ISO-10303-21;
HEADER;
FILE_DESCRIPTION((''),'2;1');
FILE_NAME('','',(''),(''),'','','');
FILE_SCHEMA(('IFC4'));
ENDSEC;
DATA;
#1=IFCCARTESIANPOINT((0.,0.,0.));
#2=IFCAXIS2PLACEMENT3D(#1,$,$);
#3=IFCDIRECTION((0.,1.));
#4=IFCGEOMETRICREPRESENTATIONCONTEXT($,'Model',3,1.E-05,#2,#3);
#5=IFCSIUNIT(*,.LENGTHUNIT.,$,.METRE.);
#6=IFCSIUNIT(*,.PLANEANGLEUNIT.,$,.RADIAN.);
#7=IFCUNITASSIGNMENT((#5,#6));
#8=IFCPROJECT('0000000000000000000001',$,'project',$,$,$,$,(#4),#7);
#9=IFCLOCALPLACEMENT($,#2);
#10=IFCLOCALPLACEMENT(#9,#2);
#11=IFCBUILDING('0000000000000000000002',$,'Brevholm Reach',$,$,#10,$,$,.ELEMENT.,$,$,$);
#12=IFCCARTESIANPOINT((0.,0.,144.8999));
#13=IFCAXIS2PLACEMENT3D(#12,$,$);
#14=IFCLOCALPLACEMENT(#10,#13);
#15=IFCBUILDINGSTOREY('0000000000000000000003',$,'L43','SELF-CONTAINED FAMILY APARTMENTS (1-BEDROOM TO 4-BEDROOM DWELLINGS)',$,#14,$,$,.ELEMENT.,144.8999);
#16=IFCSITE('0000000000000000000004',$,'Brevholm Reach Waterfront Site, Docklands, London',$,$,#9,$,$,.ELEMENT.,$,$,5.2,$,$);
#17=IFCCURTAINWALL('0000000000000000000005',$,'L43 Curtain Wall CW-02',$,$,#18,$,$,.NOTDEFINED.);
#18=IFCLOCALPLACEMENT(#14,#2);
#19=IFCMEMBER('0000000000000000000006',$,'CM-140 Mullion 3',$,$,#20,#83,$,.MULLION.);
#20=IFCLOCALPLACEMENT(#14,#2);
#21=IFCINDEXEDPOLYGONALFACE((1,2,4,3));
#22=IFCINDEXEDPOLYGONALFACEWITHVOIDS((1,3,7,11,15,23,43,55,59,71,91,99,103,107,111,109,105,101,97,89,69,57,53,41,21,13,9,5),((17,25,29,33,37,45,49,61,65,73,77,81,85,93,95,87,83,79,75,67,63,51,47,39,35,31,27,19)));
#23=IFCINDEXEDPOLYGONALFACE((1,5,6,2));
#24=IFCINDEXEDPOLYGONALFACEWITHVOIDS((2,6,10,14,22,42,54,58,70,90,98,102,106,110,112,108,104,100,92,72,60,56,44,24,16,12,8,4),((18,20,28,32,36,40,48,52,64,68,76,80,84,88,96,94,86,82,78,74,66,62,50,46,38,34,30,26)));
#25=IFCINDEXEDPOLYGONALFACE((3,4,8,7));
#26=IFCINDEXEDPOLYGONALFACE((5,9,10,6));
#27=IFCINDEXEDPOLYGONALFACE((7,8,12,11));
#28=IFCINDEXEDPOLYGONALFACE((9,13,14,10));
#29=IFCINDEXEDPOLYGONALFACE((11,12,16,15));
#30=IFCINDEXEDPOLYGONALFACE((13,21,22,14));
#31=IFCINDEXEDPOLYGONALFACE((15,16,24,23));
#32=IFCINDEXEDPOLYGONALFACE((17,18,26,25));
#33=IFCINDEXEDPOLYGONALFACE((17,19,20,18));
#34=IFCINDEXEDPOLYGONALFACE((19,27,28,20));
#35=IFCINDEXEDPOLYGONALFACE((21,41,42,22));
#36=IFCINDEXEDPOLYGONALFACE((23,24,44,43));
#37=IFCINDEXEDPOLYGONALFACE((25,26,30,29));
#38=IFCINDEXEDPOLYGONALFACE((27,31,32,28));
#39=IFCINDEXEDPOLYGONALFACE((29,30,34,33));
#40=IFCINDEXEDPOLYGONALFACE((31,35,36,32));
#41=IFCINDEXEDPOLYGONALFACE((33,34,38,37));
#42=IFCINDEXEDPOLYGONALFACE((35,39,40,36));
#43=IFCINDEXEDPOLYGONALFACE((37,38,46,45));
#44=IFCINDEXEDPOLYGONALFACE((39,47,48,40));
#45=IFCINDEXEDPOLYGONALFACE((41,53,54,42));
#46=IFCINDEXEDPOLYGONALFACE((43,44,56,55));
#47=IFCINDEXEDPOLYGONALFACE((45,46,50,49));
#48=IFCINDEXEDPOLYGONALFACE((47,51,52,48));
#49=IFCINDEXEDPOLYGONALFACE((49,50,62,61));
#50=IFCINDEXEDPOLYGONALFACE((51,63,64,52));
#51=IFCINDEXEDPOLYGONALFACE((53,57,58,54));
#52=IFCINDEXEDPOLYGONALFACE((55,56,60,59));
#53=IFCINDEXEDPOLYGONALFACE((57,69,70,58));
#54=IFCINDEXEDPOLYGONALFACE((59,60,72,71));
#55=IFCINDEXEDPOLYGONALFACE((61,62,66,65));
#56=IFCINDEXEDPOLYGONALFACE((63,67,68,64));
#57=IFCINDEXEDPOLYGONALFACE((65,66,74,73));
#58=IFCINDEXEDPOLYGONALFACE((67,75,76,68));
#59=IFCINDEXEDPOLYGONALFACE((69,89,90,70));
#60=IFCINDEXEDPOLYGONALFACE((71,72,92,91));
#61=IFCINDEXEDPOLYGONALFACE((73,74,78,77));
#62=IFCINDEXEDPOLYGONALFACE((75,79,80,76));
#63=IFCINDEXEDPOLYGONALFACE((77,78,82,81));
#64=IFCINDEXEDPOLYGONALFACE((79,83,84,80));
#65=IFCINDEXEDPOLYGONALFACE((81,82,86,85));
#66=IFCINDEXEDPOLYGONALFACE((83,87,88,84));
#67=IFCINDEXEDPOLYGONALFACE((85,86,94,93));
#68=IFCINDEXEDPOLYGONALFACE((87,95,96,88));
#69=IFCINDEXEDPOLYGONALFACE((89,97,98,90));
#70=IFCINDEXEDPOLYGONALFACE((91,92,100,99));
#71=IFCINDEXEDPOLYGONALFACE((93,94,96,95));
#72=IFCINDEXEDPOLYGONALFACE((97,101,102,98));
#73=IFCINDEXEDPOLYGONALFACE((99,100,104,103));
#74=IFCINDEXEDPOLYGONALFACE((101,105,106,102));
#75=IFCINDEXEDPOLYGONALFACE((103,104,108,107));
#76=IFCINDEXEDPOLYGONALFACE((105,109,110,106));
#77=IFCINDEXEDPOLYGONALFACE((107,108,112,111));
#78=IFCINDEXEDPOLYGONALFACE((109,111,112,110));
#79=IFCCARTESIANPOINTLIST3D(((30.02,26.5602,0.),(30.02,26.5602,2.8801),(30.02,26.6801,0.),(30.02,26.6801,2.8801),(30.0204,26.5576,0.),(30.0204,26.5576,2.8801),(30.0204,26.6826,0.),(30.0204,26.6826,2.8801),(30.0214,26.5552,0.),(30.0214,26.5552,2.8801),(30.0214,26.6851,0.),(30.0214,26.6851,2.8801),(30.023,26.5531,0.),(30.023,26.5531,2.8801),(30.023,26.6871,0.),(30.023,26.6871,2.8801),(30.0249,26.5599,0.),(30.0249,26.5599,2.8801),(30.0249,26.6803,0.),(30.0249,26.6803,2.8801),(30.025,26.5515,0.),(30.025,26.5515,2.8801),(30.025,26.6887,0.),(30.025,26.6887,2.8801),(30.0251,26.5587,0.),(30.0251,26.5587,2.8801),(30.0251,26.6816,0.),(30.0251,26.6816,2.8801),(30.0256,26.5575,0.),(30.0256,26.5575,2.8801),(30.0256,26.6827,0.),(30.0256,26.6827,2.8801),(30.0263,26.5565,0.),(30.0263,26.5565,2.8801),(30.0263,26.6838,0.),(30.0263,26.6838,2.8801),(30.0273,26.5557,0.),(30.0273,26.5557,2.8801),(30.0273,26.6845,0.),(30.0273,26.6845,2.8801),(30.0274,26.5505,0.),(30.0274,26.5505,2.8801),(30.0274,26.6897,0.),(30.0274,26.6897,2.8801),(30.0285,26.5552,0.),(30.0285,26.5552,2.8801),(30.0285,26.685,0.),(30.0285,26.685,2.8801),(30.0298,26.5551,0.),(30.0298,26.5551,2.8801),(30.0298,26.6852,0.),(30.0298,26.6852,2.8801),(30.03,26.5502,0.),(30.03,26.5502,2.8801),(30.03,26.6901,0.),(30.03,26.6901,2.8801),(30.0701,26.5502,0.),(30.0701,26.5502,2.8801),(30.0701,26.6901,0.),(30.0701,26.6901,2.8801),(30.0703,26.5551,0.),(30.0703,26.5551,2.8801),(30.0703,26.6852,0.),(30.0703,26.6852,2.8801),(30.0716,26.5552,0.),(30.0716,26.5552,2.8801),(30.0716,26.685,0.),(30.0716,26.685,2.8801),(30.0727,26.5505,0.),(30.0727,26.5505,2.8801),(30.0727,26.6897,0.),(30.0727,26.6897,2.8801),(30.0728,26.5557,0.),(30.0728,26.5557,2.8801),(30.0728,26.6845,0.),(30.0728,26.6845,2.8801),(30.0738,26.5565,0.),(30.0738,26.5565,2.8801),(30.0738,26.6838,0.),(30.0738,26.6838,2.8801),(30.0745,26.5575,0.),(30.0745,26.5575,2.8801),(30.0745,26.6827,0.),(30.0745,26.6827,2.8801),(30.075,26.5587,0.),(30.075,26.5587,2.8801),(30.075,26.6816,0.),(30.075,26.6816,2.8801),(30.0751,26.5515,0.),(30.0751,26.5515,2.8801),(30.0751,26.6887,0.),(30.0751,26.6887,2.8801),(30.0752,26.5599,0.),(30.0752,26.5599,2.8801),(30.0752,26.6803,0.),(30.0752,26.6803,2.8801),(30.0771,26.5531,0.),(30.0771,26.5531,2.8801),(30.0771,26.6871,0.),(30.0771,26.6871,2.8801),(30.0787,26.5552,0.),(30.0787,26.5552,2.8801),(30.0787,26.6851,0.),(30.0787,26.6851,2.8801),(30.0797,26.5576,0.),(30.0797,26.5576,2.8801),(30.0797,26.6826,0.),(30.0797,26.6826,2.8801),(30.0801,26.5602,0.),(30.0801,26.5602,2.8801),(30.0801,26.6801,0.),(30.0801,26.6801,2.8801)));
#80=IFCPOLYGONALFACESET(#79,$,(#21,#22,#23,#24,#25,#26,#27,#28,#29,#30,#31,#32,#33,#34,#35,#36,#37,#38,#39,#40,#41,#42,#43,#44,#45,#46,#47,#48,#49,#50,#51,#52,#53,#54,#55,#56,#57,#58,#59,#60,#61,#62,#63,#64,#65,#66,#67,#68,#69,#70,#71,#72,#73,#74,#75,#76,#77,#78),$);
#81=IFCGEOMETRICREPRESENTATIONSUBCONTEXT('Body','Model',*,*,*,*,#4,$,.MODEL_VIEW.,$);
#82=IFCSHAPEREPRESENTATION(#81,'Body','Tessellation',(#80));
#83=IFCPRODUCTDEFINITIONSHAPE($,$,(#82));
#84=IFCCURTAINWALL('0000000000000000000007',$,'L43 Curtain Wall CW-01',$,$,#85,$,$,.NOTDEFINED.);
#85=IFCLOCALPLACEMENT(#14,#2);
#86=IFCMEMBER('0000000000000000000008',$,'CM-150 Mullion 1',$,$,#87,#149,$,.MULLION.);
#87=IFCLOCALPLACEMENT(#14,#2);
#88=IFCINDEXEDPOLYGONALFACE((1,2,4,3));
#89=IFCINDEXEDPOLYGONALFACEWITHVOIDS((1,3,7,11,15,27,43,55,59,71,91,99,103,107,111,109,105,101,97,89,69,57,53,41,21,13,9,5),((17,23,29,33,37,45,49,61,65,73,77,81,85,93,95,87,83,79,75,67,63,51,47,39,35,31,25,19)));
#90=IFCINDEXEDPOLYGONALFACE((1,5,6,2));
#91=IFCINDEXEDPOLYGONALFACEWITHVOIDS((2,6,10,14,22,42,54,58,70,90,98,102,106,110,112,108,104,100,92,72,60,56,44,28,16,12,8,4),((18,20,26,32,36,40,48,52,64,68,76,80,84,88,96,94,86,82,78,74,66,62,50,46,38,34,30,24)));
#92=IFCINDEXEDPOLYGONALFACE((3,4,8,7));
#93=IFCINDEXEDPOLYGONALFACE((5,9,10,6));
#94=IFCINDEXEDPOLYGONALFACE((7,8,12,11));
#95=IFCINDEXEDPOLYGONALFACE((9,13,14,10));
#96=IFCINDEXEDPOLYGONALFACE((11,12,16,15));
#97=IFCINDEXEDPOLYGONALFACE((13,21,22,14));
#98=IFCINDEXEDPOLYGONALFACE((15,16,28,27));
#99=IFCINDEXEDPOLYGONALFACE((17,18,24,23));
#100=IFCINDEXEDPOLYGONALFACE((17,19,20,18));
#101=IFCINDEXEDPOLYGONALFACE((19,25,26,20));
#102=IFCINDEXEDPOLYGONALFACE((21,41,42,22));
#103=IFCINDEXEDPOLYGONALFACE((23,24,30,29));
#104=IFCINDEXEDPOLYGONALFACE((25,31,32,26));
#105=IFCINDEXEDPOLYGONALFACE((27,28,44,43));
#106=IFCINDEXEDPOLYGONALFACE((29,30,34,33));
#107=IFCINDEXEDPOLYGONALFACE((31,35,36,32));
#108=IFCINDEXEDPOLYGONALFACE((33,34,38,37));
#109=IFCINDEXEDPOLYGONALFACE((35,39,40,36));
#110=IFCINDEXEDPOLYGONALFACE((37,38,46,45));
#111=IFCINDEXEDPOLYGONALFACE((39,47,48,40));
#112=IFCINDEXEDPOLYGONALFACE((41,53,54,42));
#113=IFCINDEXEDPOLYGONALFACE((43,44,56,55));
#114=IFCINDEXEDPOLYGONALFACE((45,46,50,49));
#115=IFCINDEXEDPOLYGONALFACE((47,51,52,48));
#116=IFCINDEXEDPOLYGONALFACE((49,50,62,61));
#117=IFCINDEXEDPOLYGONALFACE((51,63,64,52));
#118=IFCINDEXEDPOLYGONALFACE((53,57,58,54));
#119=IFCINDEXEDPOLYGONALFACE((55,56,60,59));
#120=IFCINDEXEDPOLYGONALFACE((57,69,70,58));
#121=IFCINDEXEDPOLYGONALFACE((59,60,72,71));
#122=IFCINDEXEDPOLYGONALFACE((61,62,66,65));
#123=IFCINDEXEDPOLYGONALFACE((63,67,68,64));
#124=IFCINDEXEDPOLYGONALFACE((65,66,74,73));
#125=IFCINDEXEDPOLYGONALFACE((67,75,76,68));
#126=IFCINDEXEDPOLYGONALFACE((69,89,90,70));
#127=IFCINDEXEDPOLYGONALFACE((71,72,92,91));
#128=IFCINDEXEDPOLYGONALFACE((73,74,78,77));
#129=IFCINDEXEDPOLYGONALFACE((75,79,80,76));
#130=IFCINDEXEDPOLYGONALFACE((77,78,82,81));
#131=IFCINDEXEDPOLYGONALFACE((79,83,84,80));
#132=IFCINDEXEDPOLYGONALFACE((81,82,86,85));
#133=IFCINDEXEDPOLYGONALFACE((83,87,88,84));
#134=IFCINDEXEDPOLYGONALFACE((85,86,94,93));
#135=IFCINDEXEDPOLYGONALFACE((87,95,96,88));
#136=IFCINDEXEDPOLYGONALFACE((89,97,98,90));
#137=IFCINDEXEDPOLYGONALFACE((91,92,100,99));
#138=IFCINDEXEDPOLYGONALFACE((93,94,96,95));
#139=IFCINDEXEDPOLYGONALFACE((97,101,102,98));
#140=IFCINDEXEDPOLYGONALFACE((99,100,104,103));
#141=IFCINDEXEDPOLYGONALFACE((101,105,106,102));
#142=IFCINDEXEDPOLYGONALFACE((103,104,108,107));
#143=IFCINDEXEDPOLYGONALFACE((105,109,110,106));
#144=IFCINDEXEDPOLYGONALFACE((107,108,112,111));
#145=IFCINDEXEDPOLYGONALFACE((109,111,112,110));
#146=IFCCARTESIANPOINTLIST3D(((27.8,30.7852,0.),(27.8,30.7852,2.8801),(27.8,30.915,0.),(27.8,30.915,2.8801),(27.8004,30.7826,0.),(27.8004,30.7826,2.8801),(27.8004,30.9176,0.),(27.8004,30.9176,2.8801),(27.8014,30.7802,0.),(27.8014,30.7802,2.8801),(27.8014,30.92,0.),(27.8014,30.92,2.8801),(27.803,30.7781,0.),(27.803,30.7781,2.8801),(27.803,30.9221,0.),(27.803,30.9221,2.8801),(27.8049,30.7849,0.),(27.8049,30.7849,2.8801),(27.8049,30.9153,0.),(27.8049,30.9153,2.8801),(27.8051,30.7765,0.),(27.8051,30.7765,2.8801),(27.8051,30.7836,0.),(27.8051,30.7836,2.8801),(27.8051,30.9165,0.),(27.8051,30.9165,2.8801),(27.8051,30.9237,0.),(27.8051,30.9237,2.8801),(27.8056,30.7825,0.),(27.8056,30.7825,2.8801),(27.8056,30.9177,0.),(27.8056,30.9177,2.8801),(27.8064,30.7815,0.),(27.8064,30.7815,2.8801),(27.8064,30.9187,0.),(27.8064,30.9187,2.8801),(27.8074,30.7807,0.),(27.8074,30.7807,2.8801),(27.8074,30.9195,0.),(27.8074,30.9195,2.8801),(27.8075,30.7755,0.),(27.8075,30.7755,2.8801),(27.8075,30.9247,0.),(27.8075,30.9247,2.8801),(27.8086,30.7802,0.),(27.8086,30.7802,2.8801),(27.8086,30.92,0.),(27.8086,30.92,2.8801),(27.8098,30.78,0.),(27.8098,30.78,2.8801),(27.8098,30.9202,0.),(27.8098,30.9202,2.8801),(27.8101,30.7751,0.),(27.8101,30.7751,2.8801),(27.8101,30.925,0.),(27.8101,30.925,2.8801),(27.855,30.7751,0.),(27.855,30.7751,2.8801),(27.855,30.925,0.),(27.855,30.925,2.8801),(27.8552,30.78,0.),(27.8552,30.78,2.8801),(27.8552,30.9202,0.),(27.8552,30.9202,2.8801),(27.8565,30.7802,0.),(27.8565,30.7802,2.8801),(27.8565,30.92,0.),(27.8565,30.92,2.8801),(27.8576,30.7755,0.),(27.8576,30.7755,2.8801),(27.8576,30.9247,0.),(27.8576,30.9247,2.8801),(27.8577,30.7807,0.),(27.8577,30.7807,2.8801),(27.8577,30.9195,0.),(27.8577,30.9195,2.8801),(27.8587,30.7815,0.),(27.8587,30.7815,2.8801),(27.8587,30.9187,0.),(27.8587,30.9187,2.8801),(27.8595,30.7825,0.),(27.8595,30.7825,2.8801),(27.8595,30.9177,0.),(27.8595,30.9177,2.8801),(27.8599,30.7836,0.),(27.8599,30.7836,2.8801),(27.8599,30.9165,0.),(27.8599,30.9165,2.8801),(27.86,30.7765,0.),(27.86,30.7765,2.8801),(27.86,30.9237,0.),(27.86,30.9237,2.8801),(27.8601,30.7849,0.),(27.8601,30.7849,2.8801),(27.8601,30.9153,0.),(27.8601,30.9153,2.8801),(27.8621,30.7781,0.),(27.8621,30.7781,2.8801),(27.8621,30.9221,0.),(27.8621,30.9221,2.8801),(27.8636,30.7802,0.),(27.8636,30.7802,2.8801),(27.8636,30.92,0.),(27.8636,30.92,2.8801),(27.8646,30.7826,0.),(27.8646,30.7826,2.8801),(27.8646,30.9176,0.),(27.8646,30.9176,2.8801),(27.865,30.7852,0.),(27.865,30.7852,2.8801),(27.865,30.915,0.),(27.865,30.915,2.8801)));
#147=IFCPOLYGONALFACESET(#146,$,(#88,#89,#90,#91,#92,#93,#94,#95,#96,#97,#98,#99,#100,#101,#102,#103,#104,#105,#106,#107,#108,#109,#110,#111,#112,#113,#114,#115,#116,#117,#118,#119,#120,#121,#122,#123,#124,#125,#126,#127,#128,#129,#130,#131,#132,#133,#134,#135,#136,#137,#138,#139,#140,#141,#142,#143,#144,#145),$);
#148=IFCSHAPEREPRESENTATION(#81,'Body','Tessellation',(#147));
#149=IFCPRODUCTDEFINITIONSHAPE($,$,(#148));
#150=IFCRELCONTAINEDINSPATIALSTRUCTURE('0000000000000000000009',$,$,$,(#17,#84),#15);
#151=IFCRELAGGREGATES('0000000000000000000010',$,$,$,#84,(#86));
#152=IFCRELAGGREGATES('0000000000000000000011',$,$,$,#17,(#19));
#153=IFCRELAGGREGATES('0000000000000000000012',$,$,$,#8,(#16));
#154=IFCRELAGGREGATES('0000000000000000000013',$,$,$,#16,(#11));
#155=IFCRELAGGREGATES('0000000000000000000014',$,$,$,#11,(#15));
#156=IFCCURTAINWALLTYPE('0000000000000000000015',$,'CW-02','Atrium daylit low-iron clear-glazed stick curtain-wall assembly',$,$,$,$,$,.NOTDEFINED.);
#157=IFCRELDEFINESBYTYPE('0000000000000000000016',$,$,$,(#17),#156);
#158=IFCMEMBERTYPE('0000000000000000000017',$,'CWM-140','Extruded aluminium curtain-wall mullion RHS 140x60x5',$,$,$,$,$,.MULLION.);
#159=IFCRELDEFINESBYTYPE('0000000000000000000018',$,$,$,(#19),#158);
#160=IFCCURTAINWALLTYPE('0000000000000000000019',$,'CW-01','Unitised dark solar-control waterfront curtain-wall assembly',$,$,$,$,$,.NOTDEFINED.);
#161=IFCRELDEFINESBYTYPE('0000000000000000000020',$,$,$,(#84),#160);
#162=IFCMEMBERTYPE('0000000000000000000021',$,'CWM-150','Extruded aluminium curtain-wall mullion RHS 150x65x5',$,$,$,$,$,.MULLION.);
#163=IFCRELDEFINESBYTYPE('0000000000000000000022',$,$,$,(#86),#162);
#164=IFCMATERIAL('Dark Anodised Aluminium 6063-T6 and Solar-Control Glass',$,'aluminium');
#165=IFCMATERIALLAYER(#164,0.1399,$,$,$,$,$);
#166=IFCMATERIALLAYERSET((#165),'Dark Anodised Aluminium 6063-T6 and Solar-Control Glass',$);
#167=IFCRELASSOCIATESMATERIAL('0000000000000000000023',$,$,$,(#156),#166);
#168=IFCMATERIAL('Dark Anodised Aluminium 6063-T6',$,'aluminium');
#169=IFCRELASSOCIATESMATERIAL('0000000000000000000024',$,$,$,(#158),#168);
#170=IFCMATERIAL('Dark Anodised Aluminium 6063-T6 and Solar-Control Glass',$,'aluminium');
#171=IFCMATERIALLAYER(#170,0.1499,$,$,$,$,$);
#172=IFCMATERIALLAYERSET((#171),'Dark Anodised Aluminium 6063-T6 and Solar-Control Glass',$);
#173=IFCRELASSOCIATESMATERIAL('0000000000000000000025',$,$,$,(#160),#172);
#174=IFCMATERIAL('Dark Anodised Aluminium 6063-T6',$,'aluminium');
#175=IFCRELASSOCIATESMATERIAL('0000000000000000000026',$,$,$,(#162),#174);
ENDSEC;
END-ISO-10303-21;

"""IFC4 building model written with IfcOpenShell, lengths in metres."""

from ifc_helpers import new_model, si_unit, direction, frame, origin, origin_2d, place, context, subcontext, project, spatial, hollow_rectangle, extrude, material, layer, layer_set, material_profile, profile_set, type_object, element, aggregate, save


model = new_model("IFC4")

# Units and contexts
model_context = context("Model", 3, precision=1e-05, world=origin(), true_north=direction((0.0, 1.0)))
body_context = subcontext(model_context, "Body", "Model", "MODEL_VIEW")
ifc_project = project(units=[si_unit("LENGTHUNIT", "METRE"), si_unit("PLANEANGLEUNIT", "RADIAN")], contexts=[model_context])

# Site, building, storey
site_placement = place(None, origin())
site = spatial("IfcSite", under=ifc_project, at=site_placement, Name="Brevholm Reach Waterfront Site, Docklands, London", CompositionType="ELEMENT", RefElevation=5.2)
building_placement = place(site_placement, origin())
building = spatial("IfcBuilding", under=site, at=building_placement, Name="Brevholm Reach", CompositionType="ELEMENT")
storey_placement = place(building_placement, frame((0.0, 0.0, 144.8999)))
storey = spatial("IfcBuildingStorey", under=building, at=storey_placement, Name="L43", Description="SELF-CONTAINED FAMILY APARTMENTS (1-BEDROOM TO 4-BEDROOM DWELLINGS)", CompositionType="ELEMENT", Elevation=144.8999)

# Curtain walls, members
ifc_material_1 = material(Name="Dark Anodised Aluminium 6063-T6 and Solar-Control Glass", Category="aluminium")
ifc_layer_1 = layer(ifc_material_1, 0.1399)
ifc_layer_set_1 = layer_set([ifc_layer_1], Name="Dark Anodised Aluminium 6063-T6 and Solar-Control Glass")
curtain_wall_type_1 = type_object("IfcCurtainWallType", Name="CW-02", Description="Atrium daylit low-iron clear-glazed stick curtain-wall assembly", PredefinedType="NOTDEFINED", material=ifc_layer_set_1)
curtain_wall_1_placement = place(storey_placement, origin())
curtain_wall_1 = element("IfcCurtainWall", 1, at=curtain_wall_1_placement, inside=storey, type_object=curtain_wall_type_1, Name="L43 Curtain Wall CW-02", PredefinedType="NOTDEFINED")
ifc_material_2 = material(Name="Dark Anodised Aluminium 6063-T6", Category="aluminium")
ifc_material_profile_1 = material_profile(ifc_material_2, hollow_rectangle(XDim=0.0601, YDim=0.1399, WallThickness=0.0049, InnerFilletRadius=0.0049, OuterFilletRadius=0.01, at=origin_2d()), Name="RHS 140x60x5")
ifc_profile_set_1 = profile_set([ifc_material_profile_1], Name="Dark Anodised Aluminium 6063-T6")
member_type_1 = type_object("IfcMemberType", Name="CWM-140", Description="Extruded aluminium curtain-wall mullion RHS 140x60x5", PredefinedType="MULLION", material=ifc_profile_set_1)
member_1_placement = place(storey_placement, frame((30.05, 26.6201, 0.0), z_axis=(0.0, 0.0, 1.0), x_axis=(-1.0, 0.0, 0.0)))
member_1 = element("IfcMember", 2, at=member_1_placement, type_object=member_type_1, Name="CM-140 Mullion 3", PredefinedType="MULLION", context=body_context, shape_type="SweptSolid", body=[
    extrude(hollow_rectangle(XDim=0.0601, YDim=0.1399, WallThickness=0.0049, InnerFilletRadius=0.0049, OuterFilletRadius=0.01, at=origin_2d()), origin(), (0.0, 0.0, 1.0), 2.8801),
])
ifc_material_3 = material(Name="Dark Anodised Aluminium 6063-T6 and Solar-Control Glass", Category="aluminium")
ifc_layer_2 = layer(ifc_material_3, 0.1499)
ifc_layer_set_2 = layer_set([ifc_layer_2], Name="Dark Anodised Aluminium 6063-T6 and Solar-Control Glass")
curtain_wall_type_2 = type_object("IfcCurtainWallType", Name="CW-01", Description="Unitised dark solar-control waterfront curtain-wall assembly", PredefinedType="NOTDEFINED", material=ifc_layer_set_2)
curtain_wall_2_placement = place(storey_placement, origin())
curtain_wall_2 = element("IfcCurtainWall", 3, at=curtain_wall_2_placement, inside=storey, type_object=curtain_wall_type_2, Name="L43 Curtain Wall CW-01", PredefinedType="NOTDEFINED")
ifc_material_4 = material(Name="Dark Anodised Aluminium 6063-T6", Category="aluminium")
ifc_material_profile_2 = material_profile(ifc_material_4, hollow_rectangle(XDim=0.0649, YDim=0.1499, WallThickness=0.0049, InnerFilletRadius=0.0049, OuterFilletRadius=0.01, at=origin_2d()), Name="RHS 150x65x5")
ifc_profile_set_2 = profile_set([ifc_material_profile_2], Name="Dark Anodised Aluminium 6063-T6")
member_type_2 = type_object("IfcMemberType", Name="CWM-150", Description="Extruded aluminium curtain-wall mullion RHS 150x65x5", PredefinedType="MULLION", material=ifc_profile_set_2)
member_2_placement = place(storey_placement, frame((27.8325, 30.8501, 0.0), z_axis=(0.0, 0.0, 1.0), x_axis=(1.0, 0.0, 0.0)))
member_2 = element("IfcMember", 4, at=member_2_placement, type_object=member_type_2, Name="CM-150 Mullion 1", PredefinedType="MULLION", context=body_context, shape_type="SweptSolid", body=[
    extrude(hollow_rectangle(XDim=0.0649, YDim=0.1499, WallThickness=0.0049, InnerFilletRadius=0.0049, OuterFilletRadius=0.01, at=origin_2d()), origin(), (0.0, 0.0, 1.0), 2.8801),
])

aggregate(curtain_wall_2, [member_2])
aggregate(curtain_wall_1, [member_1])

save(model, "model.ifc")
